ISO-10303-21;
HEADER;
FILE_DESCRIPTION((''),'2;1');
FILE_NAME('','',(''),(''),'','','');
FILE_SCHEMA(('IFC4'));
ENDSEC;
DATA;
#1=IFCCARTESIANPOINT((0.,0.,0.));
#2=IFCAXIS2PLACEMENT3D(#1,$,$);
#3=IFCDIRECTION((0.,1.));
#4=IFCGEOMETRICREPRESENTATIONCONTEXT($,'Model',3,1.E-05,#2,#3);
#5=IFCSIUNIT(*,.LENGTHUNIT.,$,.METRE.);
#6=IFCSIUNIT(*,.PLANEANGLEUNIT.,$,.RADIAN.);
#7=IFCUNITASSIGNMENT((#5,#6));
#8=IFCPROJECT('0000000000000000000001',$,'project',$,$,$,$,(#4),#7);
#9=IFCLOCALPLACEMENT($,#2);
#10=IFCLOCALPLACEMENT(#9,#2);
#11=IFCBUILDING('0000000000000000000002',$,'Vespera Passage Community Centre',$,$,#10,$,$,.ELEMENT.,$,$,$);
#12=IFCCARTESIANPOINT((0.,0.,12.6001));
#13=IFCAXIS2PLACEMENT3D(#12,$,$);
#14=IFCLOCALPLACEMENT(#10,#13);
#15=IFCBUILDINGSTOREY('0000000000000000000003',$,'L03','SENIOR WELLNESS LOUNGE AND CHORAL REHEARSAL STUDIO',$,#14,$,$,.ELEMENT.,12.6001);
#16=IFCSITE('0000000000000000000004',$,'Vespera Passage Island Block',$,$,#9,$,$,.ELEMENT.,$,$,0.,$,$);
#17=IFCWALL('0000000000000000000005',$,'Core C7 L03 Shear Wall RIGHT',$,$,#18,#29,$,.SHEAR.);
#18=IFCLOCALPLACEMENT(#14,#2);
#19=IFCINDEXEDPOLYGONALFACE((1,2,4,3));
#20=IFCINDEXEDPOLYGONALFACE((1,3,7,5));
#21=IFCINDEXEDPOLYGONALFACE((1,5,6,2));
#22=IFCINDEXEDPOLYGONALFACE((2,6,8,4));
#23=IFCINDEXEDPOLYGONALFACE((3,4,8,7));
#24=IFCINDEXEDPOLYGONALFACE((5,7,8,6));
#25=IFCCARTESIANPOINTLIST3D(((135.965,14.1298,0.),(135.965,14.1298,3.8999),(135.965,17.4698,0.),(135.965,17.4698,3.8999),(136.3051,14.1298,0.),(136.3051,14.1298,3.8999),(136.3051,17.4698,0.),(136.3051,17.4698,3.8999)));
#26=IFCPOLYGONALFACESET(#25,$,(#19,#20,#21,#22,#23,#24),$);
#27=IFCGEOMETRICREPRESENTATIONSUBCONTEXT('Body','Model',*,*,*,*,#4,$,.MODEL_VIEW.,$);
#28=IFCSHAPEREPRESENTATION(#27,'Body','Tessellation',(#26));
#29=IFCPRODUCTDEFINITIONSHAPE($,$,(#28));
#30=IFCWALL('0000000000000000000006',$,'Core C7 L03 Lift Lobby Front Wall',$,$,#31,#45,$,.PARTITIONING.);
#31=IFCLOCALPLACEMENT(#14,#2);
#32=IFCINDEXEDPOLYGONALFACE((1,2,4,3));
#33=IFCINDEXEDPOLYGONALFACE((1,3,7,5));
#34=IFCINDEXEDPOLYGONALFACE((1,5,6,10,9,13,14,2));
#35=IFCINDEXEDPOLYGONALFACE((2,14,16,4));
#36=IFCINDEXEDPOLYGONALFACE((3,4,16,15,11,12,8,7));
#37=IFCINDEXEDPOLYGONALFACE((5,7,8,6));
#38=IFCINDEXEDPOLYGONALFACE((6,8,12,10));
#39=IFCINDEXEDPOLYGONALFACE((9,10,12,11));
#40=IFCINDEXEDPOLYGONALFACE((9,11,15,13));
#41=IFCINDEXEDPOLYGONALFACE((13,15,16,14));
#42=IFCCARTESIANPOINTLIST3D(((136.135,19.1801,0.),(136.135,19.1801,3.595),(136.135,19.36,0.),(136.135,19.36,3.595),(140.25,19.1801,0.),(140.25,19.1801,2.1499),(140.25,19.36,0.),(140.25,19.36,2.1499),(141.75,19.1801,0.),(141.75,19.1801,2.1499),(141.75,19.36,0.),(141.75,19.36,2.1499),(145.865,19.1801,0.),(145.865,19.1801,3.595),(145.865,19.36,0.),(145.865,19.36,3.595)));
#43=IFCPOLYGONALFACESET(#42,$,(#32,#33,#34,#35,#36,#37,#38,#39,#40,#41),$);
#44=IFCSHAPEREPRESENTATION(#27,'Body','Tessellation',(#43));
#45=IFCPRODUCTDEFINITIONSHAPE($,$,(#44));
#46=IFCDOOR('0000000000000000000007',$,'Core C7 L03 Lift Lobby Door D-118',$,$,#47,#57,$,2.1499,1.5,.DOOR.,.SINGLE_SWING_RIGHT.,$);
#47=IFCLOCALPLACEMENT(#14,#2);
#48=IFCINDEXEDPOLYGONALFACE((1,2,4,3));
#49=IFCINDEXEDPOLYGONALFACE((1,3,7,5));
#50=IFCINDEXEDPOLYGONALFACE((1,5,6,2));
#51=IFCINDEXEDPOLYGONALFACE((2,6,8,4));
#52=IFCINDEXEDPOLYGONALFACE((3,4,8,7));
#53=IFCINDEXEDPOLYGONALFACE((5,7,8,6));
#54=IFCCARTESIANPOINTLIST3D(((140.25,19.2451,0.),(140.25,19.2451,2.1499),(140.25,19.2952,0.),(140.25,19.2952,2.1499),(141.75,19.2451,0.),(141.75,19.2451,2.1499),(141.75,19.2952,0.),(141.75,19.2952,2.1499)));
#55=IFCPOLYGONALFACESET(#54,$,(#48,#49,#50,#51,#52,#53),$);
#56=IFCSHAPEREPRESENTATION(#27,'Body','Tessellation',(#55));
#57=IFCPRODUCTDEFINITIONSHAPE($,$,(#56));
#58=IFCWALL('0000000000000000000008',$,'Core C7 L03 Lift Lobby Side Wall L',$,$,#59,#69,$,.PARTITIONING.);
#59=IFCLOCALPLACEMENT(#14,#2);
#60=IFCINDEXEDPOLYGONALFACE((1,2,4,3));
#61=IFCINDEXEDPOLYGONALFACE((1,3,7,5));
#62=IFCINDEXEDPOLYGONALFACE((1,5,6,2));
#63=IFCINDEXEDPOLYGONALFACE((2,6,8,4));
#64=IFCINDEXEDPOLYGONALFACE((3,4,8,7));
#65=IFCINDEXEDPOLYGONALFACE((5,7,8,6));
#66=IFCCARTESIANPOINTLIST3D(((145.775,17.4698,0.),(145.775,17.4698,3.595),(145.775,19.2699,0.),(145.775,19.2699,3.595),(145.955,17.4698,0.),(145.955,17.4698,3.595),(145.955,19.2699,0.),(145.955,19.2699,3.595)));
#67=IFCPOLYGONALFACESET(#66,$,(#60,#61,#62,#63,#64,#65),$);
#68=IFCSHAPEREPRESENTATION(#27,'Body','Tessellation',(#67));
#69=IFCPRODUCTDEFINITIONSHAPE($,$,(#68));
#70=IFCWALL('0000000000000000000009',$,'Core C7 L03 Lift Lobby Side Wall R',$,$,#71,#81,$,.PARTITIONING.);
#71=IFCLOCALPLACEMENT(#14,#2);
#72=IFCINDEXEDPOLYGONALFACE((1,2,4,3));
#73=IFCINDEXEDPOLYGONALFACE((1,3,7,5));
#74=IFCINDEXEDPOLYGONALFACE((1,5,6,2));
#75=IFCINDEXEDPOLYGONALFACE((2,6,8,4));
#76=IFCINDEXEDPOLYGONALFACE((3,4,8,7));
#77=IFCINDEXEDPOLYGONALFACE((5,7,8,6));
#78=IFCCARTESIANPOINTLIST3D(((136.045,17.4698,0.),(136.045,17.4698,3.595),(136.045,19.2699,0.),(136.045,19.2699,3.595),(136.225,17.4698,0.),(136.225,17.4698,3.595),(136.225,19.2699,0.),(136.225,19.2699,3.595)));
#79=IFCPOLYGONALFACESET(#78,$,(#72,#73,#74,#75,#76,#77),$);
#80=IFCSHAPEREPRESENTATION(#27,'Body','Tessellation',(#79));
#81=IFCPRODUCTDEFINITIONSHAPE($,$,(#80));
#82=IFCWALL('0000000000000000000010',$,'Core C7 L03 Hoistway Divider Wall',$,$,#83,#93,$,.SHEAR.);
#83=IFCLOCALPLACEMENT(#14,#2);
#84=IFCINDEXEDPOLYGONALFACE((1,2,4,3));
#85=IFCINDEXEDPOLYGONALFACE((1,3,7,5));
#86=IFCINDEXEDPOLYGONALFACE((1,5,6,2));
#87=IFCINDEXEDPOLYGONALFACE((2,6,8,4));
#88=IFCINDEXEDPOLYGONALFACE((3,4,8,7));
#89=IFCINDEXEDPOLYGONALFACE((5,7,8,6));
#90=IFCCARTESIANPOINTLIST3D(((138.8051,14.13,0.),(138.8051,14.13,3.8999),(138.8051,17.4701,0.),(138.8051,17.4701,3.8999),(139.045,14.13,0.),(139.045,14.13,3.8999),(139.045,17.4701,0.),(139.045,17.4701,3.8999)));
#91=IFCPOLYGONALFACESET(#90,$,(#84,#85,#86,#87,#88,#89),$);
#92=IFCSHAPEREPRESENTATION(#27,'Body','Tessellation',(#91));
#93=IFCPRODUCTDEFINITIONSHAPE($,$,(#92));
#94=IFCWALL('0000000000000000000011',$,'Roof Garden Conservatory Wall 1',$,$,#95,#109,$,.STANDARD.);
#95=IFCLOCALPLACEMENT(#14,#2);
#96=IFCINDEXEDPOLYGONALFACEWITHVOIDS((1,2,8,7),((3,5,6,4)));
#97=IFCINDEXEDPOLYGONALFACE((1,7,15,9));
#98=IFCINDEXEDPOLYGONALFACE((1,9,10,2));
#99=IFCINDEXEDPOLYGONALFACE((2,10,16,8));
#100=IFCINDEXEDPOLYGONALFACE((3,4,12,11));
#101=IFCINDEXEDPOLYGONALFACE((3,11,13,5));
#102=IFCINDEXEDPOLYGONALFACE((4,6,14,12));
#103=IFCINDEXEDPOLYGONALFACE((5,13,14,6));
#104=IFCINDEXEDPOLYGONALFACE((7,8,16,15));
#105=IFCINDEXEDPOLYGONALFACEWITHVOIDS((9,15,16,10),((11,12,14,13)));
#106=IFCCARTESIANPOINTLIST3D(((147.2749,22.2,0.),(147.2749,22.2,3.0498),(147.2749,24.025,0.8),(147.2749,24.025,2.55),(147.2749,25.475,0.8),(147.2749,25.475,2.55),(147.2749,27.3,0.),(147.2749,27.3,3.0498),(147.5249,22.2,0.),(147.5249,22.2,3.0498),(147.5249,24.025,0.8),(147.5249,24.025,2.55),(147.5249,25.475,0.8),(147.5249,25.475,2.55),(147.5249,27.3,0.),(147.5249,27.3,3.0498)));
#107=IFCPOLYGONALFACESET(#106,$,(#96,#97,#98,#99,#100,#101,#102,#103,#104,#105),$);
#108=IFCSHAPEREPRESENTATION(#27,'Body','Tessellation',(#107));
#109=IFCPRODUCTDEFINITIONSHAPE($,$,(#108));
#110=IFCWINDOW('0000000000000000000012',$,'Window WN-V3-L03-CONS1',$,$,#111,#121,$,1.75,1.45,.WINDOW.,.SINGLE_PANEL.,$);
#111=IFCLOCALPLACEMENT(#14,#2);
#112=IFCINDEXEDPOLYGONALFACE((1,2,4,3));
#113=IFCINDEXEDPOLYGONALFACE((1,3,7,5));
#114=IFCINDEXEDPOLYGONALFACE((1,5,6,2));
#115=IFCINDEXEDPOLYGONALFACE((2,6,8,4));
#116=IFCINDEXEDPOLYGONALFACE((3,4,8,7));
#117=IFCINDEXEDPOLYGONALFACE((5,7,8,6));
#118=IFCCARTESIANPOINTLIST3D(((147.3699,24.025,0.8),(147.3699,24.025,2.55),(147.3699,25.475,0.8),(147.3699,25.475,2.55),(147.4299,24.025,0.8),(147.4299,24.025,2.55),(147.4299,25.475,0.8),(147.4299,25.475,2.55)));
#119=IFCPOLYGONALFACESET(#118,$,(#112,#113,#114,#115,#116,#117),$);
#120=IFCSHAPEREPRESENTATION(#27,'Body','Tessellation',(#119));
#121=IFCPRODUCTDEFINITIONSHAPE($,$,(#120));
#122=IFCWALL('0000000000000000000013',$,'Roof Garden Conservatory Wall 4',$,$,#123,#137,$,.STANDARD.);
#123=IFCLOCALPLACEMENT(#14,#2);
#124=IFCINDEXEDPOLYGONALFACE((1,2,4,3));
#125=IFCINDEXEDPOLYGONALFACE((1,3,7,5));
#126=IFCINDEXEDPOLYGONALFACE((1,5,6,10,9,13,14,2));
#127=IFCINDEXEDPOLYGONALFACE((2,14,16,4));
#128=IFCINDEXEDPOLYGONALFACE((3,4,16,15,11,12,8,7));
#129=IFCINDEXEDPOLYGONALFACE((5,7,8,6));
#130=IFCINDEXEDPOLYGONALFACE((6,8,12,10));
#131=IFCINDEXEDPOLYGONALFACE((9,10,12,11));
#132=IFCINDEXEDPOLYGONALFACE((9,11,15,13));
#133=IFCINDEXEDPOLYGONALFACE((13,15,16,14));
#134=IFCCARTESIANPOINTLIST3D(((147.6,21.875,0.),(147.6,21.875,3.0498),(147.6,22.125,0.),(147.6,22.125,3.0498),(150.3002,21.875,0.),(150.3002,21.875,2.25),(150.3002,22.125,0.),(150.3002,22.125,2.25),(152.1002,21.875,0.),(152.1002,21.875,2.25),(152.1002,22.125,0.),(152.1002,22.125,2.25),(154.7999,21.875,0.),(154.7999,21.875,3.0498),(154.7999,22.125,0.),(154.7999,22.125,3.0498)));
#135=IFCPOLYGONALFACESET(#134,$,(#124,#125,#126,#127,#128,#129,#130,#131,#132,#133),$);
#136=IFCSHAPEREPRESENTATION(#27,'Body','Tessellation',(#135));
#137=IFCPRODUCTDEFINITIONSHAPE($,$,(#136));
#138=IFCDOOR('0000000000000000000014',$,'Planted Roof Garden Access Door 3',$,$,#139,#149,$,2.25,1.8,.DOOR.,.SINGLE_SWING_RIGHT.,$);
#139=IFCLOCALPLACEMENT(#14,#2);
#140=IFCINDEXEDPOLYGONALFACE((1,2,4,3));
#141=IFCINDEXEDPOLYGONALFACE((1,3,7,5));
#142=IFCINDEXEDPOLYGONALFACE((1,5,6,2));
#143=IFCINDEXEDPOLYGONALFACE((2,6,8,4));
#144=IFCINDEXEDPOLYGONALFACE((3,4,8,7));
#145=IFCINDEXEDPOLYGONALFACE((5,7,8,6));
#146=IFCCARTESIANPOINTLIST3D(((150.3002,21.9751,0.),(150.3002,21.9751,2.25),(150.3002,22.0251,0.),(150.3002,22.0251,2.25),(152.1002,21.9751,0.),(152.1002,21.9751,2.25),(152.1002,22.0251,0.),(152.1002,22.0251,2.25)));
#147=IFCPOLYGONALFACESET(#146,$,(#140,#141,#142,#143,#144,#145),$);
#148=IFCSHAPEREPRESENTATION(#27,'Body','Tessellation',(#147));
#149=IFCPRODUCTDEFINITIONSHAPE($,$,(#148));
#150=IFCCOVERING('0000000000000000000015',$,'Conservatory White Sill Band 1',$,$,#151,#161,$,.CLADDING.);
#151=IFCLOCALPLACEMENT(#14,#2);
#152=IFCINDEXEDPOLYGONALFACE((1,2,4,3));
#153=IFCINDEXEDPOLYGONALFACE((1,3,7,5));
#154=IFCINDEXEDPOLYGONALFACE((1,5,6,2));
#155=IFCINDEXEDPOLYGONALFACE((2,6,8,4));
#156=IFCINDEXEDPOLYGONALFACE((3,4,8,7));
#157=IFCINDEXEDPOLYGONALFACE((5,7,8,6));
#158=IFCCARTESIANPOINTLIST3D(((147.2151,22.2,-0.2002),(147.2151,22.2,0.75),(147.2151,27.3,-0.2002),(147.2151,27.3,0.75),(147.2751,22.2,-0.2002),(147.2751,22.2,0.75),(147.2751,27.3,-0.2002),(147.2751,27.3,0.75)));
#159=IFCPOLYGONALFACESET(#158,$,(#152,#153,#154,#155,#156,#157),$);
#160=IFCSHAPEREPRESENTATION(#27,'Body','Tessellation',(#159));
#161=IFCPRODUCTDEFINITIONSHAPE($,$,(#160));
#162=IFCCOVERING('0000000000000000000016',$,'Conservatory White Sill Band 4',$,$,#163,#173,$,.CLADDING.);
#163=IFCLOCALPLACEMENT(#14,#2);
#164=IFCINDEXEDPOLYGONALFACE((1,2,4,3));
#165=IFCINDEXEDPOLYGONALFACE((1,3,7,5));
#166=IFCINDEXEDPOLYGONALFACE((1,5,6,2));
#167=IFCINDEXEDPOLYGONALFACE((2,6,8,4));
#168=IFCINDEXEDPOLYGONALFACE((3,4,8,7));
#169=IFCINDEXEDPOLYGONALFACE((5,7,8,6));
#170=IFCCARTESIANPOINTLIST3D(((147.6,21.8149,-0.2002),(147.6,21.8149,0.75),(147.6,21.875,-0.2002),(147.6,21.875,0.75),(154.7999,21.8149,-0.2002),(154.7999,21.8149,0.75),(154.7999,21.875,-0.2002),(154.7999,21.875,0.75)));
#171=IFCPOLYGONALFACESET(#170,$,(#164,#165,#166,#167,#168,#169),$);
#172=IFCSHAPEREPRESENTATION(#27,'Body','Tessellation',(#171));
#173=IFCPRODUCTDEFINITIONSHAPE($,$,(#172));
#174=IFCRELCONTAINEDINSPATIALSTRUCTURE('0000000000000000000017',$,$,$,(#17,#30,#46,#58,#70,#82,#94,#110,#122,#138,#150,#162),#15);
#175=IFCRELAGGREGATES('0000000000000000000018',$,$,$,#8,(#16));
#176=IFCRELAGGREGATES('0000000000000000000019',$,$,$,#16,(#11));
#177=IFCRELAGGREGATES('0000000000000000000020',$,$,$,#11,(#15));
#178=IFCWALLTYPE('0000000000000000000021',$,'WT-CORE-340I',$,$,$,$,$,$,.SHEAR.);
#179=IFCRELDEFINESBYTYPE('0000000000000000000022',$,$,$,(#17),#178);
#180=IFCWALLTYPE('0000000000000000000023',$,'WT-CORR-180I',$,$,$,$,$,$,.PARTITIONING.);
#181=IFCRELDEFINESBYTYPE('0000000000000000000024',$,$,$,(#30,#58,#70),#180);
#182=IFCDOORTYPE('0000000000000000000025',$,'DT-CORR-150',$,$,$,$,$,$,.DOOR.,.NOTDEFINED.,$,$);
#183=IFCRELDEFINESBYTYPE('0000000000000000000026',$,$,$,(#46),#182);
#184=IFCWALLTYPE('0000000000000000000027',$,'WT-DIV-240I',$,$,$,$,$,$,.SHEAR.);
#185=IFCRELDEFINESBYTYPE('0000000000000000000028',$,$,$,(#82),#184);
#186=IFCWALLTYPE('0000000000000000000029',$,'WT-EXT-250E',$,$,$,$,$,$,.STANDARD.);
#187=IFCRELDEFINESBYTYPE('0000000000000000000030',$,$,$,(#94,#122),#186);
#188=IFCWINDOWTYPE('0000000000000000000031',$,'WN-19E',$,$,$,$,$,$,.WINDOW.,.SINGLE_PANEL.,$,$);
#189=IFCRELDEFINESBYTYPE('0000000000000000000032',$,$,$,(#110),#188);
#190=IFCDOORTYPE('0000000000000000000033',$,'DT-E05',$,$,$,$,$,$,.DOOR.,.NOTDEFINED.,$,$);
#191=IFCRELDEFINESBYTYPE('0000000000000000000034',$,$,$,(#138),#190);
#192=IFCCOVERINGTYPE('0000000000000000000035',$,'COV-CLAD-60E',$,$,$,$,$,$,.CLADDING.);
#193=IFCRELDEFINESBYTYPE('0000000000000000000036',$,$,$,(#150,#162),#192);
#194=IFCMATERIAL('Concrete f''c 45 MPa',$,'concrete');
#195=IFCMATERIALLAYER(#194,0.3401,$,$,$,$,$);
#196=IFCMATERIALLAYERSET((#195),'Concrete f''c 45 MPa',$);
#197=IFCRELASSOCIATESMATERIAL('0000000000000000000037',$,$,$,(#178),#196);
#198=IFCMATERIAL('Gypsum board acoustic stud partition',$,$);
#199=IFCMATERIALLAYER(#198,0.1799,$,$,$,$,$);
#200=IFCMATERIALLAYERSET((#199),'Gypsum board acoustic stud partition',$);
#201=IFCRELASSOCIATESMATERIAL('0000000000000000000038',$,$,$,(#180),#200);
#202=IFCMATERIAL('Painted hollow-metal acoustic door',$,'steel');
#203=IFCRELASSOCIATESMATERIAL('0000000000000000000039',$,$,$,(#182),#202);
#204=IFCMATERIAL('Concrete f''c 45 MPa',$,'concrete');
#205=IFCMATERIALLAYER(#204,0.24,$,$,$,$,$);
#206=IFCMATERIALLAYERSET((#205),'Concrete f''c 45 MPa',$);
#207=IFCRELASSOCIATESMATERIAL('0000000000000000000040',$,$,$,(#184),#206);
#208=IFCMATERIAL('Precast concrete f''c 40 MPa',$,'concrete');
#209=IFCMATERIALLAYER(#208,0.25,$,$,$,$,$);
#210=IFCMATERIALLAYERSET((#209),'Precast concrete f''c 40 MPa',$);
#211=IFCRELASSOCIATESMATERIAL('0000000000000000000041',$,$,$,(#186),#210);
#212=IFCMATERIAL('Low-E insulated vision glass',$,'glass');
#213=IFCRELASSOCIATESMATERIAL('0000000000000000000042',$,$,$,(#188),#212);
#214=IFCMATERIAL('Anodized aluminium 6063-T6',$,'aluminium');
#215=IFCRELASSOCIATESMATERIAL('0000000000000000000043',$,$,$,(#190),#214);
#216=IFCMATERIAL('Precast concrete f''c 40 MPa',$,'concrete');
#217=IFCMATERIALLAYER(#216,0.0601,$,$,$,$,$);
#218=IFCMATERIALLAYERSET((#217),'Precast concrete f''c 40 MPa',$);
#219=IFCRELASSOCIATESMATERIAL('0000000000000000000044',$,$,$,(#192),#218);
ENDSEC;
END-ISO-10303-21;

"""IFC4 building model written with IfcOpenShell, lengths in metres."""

from ifc_helpers import new_model, si_unit, direction, frame, frame_2d, origin, place, context, subcontext, project, spatial, rectangle, extrude, material, layer, layer_set, type_object, element, fill, save


model = new_model("IFC4")

# Units and contexts
model_context = context("Model", 3, precision=1e-05, world=origin(), true_north=direction((0.0, 1.0)))
body_context = subcontext(model_context, "Body", "Model", "MODEL_VIEW")
ifc_project = project(units=[si_unit("LENGTHUNIT", "METRE"), si_unit("PLANEANGLEUNIT", "RADIAN")], contexts=[model_context])

# Site, building, storey
site_placement = place(None, origin())
site = spatial("IfcSite", under=ifc_project, at=site_placement, Name="Vespera Passage Island Block", CompositionType="ELEMENT", RefElevation=0.0)
building_placement = place(site_placement, origin())
building = spatial("IfcBuilding", under=site, at=building_placement, Name="Vespera Passage Community Centre", CompositionType="ELEMENT")
storey_placement = place(building_placement, frame((0.0, 0.0, 12.6001)))
storey = spatial("IfcBuildingStorey", under=building, at=storey_placement, Name="L03", Description="SENIOR WELLNESS LOUNGE AND CHORAL REHEARSAL STUDIO", CompositionType="ELEMENT", Elevation=12.6001)

# Shared definitions
ifc_material_1 = material(Name="Concrete f'c 45 MPa", Category="concrete")
ifc_layer_1 = layer(ifc_material_1, 0.3401)
ifc_layer_set_1 = layer_set([ifc_layer_1], Name="Concrete f'c 45 MPa")
wall_type_1 = type_object("IfcWallType", Name="WT-CORE-340I", PredefinedType="SHEAR", material=ifc_layer_set_1)

# Wall
wall_1_placement = place(storey_placement, frame((136.135, 14.1299, 0.0), z_axis=(0.0, 0.0, 1.0), x_axis=(0.0, 1.0, 0.0)))
element("IfcWall", 1, at=wall_1_placement, inside=storey, type_object=wall_type_1, Name="Core C7 L03 Shear Wall RIGHT", PredefinedType="SHEAR", context=body_context, shape_type="SweptSolid", body=[
    extrude(rectangle(XDim=3.3401, YDim=0.3401, at=frame_2d((1.6699, 0.0))), origin(), (0.0, 0.0, 1.0), 3.8999),
])

# Wall, opening, door
ifc_material_2 = material(Name="Gypsum board acoustic stud partition")
ifc_layer_2 = layer(ifc_material_2, 0.1799)
ifc_layer_set_2 = layer_set([ifc_layer_2], Name="Gypsum board acoustic stud partition")
wall_type_2 = type_object("IfcWallType", Name="WT-CORR-180I", PredefinedType="PARTITIONING", material=ifc_layer_set_2)
wall_2_placement = place(storey_placement, frame((145.865, 19.27, 0.0), z_axis=(0.0, 0.0, 1.0), x_axis=(-1.0, 0.0, 0.0)))
wall_2 = element("IfcWall", 2, at=wall_2_placement, inside=storey, type_object=wall_type_2, Name="Core C7 L03 Lift Lobby Front Wall", PredefinedType="PARTITIONING", context=body_context, shape_type="SweptSolid", body=[
    extrude(rectangle(XDim=9.73, YDim=0.1799, at=frame_2d((4.865, 0.0))), origin(), (0.0, 0.0, 1.0), 3.595),
])
opening_1_placement = place(wall_2_placement, frame((4.115, 0.0, 0.0)))
opening_1 = element("IfcOpeningElement", 3, at=opening_1_placement, cuts=wall_2, PredefinedType="OPENING", context=body_context, shape_type="SweptSolid", body=[
    extrude(rectangle(XDim=1.5, YDim=2.1499, at=frame_2d((0.75, 1.075))), frame((0.0, 0.0999, 0.0), z_axis=(0.0, -1.0, 0.0), x_axis=(1.0, 0.0, 0.0)), (0.0, 0.0, 1.0), 0.2),
])
ifc_material_3 = material(Name="Painted hollow-metal acoustic door", Category="steel")
door_type_1 = type_object("IfcDoorType", Name="DT-CORR-150", OperationType="NOTDEFINED", PredefinedType="DOOR", material=ifc_material_3)
door_1_placement = place(opening_1_placement, origin())
door_1 = element("IfcDoor", 4, at=door_1_placement, inside=storey, type_object=door_type_1, Name="Core C7 L03 Lift Lobby Door D-118", OperationType="SINGLE_SWING_RIGHT", OverallHeight=2.1499, OverallWidth=1.5, PredefinedType="DOOR", context=body_context, shape_type="SweptSolid", body=[
    extrude(rectangle(XDim=1.5, YDim=2.1499, at=frame_2d((0.75, 1.075))), frame((0.0, 0.0249, 0.0), z_axis=(0.0, -1.0, 0.0), x_axis=(1.0, 0.0, 0.0)), (0.0, 0.0, 1.0), 0.05),
])
fill(opening_1, door_1)

# Walls
for number, where, z_axis, x_axis, name in (
    (5, (145.865, 17.47, 0.0), (0.0, 0.0, 1.0), (0.0, 1.0, 0.0), "Core C7 L03 Lift Lobby Side Wall L"),
    (6, (136.135, 17.47, 0.0), (0.0, 0.0, 1.0), (0.0, 1.0, 0.0), "Core C7 L03 Lift Lobby Side Wall R"),
):
    element("IfcWall", number, at=place(storey_placement, frame(where, z_axis=z_axis, x_axis=x_axis)), inside=storey, type_object=wall_type_2, Name=name, PredefinedType="PARTITIONING", context=body_context, shape_type="SweptSolid", body=[
        extrude(rectangle(XDim=1.8, YDim=0.1799, at=frame_2d((0.8999, 0.0))), origin(), (0.0, 0.0, 1.0), 3.595),
    ])
ifc_material_4 = material(Name="Concrete f'c 45 MPa", Category="concrete")
ifc_layer_3 = layer(ifc_material_4, 0.24)
ifc_layer_set_3 = layer_set([ifc_layer_3], Name="Concrete f'c 45 MPa")
wall_type_3 = type_object("IfcWallType", Name="WT-DIV-240I", PredefinedType="SHEAR", material=ifc_layer_set_3)
wall_3_placement = place(storey_placement, frame((138.925, 17.47, 0.0), z_axis=(0.0, 0.0, 1.0), x_axis=(0.0, -1.0, 0.0)))
element("IfcWall", 7, at=wall_3_placement, inside=storey, type_object=wall_type_3, Name="Core C7 L03 Hoistway Divider Wall", PredefinedType="SHEAR", context=body_context, shape_type="SweptSolid", body=[
    extrude(rectangle(XDim=3.3401, YDim=0.24, at=frame_2d((1.6699, 0.0))), origin(), (0.0, 0.0, 1.0), 3.8999),
])

# Wall, opening, window
ifc_material_5 = material(Name="Precast concrete f'c 40 MPa", Category="concrete")
ifc_layer_4 = layer(ifc_material_5, 0.25)
ifc_layer_set_4 = layer_set([ifc_layer_4], Name="Precast concrete f'c 40 MPa")
wall_type_4 = type_object("IfcWallType", Name="WT-EXT-250E", PredefinedType="STANDARD", material=ifc_layer_set_4)
wall_4_placement = place(storey_placement, frame((147.3999, 22.2, 0.0), z_axis=(0.0, 0.0, 1.0), x_axis=(0.0, 1.0, 0.0)))
wall_4 = element("IfcWall", 8, at=wall_4_placement, inside=storey, type_object=wall_type_4, Name="Roof Garden Conservatory Wall 1", PredefinedType="STANDARD", context=body_context, shape_type="SweptSolid", body=[
    extrude(rectangle(XDim=5.1001, YDim=0.25, at=frame_2d((2.55, 0.0))), origin(), (0.0, 0.0, 1.0), 3.0498),
])
opening_2_placement = place(wall_4_placement, frame((1.825, 0.0, 0.8)))
opening_2 = element("IfcOpeningElement", 9, at=opening_2_placement, cuts=wall_4, PredefinedType="OPENING", context=body_context, shape_type="SweptSolid", body=[
    extrude(rectangle(XDim=1.45, YDim=1.75, at=frame_2d((0.7251, 0.875))), frame((0.0, 0.135, 0.0), z_axis=(0.0, -1.0, 0.0), x_axis=(1.0, 0.0, 0.0)), (0.0, 0.0, 1.0), 0.27),
])
ifc_material_6 = material(Name="Low-E insulated vision glass", Category="glass")
window_type = type_object("IfcWindowType", Name="WN-19E", PartitioningType="SINGLE_PANEL", PredefinedType="WINDOW", material=ifc_material_6)
window_placement = place(opening_2_placement, origin())
window = element("IfcWindow", 10, at=window_placement, inside=storey, type_object=window_type, Name="Window WN-V3-L03-CONS1", OverallHeight=1.75, OverallWidth=1.45, PartitioningType="SINGLE_PANEL", PredefinedType="WINDOW", context=body_context, shape_type="SweptSolid", body=[
    extrude(rectangle(XDim=1.45, YDim=1.75, at=frame_2d((0.7251, 0.875))), frame((0.0, 0.03, 0.0), z_axis=(0.0, -1.0, 0.0), x_axis=(1.0, 0.0, 0.0)), (0.0, 0.0, 1.0), 0.0601),
])
fill(opening_2, window)

# Wall, opening, door
wall_5_placement = place(storey_placement, frame((154.8, 22.0, 0.0), z_axis=(0.0, 0.0, 1.0), x_axis=(-1.0, 0.0, 0.0)))
wall_5 = element("IfcWall", 11, at=wall_5_placement, inside=storey, type_object=wall_type_4, Name="Roof Garden Conservatory Wall 4", PredefinedType="STANDARD", context=body_context, shape_type="SweptSolid", body=[
    extrude(rectangle(XDim=7.2, YDim=0.25, at=frame_2d((3.6001, 0.0))), origin(), (0.0, 0.0, 1.0), 3.0498),
])
opening_3_placement = place(wall_5_placement, frame((2.7, 0.0, 0.0)))
opening_3 = element("IfcOpeningElement", 12, at=opening_3_placement, cuts=wall_5, PredefinedType="OPENING", context=body_context, shape_type="SweptSolid", body=[
    extrude(rectangle(XDim=1.8, YDim=2.25, at=frame_2d((0.8999, 1.125))), frame((0.0, 0.135, 0.0), z_axis=(0.0, -1.0, 0.0), x_axis=(1.0, 0.0, 0.0)), (0.0, 0.0, 1.0), 0.27),
])
ifc_material_7 = material(Name="Anodized aluminium 6063-T6", Category="aluminium")
door_type_2 = type_object("IfcDoorType", Name="DT-E05", OperationType="NOTDEFINED", PredefinedType="DOOR", material=ifc_material_7)
door_2_placement = place(opening_3_placement, origin())
door_2 = element("IfcDoor", 13, at=door_2_placement, inside=storey, type_object=door_type_2, Name="Planted Roof Garden Access Door 3", OperationType="SINGLE_SWING_RIGHT", OverallHeight=2.25, OverallWidth=1.8, PredefinedType="DOOR", context=body_context, shape_type="SweptSolid", body=[
    extrude(rectangle(XDim=1.8, YDim=2.25, at=frame_2d((0.8999, 1.125))), frame((0.0, 0.0249, 0.0), z_axis=(0.0, -1.0, 0.0), x_axis=(1.0, 0.0, 0.0)), (0.0, 0.0, 1.0), 0.05),
])
fill(opening_3, door_2)

# Coverings
ifc_material_8 = material(Name="Precast concrete f'c 40 MPa", Category="concrete")
ifc_layer_5 = layer(ifc_material_8, 0.0601)
ifc_layer_set_5 = layer_set([ifc_layer_5], Name="Precast concrete f'c 40 MPa")
covering_type = type_object("IfcCoveringType", Name="COV-CLAD-60E", PredefinedType="CLADDING", material=ifc_layer_set_5)
covering_1_placement = place(storey_placement, frame((147.2451, 22.2, -0.2002), z_axis=(0.0, 0.0, 1.0), x_axis=(0.0, 1.0, 0.0)))
element("IfcCovering", 14, at=covering_1_placement, inside=storey, type_object=covering_type, Name="Conservatory White Sill Band 1", PredefinedType="CLADDING", context=body_context, shape_type="SweptSolid", body=[
    extrude(rectangle(XDim=5.1001, YDim=0.0601, at=frame_2d((2.55, 0.0))), origin(), (0.0, 0.0, 1.0), 0.9502),
])
covering_2_placement = place(storey_placement, frame((154.8, 21.845, -0.2002), z_axis=(0.0, 0.0, 1.0), x_axis=(-1.0, 0.0, 0.0)))
element("IfcCovering", 15, at=covering_2_placement, inside=storey, type_object=covering_type, Name="Conservatory White Sill Band 4", PredefinedType="CLADDING", context=body_context, shape_type="SweptSolid", body=[
    extrude(rectangle(XDim=7.2, YDim=0.0601, at=frame_2d((3.6001, 0.0))), origin(), (0.0, 0.0, 1.0), 0.9502),
])

save(model, "model.ifc")
